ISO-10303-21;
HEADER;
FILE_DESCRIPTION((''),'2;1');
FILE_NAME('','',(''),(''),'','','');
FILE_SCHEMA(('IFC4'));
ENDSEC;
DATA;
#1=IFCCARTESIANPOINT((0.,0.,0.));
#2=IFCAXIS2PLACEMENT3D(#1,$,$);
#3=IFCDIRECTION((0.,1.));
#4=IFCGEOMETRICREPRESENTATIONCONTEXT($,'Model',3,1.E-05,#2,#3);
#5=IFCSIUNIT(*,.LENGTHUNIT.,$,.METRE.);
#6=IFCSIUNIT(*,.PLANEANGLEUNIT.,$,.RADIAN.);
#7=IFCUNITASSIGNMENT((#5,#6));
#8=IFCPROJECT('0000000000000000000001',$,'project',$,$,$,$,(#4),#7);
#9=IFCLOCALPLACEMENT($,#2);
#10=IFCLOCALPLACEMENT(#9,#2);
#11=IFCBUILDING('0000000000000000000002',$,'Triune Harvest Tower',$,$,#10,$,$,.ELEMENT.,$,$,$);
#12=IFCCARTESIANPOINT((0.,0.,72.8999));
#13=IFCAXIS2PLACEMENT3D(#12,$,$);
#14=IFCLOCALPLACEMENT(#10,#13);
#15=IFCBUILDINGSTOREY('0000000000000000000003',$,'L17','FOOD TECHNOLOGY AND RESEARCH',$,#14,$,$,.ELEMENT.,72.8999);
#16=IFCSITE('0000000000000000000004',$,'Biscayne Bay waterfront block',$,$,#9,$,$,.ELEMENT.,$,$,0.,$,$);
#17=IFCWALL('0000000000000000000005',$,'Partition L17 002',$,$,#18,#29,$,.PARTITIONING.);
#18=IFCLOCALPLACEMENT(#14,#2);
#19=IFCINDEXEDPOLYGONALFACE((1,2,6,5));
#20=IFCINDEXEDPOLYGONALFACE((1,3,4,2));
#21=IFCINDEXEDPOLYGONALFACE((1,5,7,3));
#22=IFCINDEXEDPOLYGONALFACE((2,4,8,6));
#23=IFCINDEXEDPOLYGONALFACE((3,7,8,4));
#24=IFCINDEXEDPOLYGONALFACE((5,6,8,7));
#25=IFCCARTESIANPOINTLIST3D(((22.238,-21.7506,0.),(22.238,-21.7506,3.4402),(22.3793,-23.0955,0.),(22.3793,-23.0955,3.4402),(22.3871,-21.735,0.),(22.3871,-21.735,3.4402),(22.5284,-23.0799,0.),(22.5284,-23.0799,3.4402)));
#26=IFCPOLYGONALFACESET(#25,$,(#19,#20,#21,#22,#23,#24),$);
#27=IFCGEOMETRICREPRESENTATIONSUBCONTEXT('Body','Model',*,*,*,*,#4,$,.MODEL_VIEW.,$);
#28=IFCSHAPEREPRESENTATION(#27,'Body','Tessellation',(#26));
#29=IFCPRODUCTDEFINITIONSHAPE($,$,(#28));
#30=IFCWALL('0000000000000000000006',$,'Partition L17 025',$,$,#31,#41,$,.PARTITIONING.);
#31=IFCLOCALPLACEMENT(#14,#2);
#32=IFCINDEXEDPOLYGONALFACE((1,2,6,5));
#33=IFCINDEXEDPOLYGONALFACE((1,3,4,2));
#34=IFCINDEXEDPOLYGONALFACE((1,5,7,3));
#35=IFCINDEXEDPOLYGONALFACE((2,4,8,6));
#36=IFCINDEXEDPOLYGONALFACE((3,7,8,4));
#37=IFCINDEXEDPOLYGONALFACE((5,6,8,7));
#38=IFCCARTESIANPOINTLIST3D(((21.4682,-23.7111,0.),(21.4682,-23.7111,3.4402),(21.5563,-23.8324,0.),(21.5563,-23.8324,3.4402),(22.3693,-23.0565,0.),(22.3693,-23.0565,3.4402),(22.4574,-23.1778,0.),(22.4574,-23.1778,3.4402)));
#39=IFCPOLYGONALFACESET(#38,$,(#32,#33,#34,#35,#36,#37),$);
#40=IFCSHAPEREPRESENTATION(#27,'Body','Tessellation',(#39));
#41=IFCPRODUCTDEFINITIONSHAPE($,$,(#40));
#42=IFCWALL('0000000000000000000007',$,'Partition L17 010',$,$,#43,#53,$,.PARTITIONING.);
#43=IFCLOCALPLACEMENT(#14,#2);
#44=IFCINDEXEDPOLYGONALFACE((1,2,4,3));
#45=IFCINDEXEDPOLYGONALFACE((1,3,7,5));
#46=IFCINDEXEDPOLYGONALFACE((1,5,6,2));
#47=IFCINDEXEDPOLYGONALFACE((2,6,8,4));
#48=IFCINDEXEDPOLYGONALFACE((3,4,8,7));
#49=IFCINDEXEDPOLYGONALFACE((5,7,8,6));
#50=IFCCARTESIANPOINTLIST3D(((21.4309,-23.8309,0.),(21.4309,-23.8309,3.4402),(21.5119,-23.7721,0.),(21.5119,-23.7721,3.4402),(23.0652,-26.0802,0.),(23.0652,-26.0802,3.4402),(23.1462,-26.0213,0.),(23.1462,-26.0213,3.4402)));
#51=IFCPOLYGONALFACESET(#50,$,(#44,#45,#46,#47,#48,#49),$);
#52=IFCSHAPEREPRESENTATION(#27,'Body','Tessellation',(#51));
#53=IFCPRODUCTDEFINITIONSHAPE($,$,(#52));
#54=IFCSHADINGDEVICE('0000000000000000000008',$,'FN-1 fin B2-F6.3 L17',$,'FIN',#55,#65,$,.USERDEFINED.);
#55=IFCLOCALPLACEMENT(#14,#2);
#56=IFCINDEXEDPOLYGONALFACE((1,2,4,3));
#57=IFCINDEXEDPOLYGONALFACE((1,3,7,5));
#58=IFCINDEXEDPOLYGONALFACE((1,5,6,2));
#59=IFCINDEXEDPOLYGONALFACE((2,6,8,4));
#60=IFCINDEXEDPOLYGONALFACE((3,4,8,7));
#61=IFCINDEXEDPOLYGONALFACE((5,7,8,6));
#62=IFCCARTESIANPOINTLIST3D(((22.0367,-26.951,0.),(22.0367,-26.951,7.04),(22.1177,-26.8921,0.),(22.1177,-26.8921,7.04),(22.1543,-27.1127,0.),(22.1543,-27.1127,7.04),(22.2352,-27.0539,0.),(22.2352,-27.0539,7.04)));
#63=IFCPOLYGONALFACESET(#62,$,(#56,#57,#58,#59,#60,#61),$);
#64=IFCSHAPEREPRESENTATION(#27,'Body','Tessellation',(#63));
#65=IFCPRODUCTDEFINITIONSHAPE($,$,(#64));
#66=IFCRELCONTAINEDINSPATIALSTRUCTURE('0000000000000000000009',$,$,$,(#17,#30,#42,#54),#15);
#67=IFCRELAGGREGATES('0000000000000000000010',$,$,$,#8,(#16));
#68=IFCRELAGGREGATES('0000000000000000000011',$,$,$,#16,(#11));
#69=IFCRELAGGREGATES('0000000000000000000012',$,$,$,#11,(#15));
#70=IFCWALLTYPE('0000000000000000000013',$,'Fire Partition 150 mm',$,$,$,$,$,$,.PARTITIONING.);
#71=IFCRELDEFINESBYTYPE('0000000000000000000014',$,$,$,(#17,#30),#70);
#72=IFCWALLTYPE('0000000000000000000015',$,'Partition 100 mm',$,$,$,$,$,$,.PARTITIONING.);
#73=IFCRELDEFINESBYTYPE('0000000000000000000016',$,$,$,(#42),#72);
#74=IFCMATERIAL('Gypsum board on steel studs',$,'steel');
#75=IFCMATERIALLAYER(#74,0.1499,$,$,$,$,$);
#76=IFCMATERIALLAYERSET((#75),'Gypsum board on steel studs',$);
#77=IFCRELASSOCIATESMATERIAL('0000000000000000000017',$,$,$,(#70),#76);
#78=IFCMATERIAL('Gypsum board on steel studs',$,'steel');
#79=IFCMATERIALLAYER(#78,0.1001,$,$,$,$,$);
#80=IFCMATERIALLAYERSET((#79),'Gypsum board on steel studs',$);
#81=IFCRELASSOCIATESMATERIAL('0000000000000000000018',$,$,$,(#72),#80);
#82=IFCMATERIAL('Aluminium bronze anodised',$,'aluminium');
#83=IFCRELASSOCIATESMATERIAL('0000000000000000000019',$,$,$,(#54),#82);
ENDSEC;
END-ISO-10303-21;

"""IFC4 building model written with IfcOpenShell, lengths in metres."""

from ifc_helpers import new_model, si_unit, direction, frame, frame_2d, origin, origin_2d, place, context, subcontext, project, spatial, rectangle, extrude, source, transform, mapped, material, layer, layer_set, type_object, element, save


model = new_model("IFC4")

# Units and contexts
model_context = context("Model", 3, precision=1e-05, world=origin(), true_north=direction((0.0, 1.0)))
body_context = subcontext(model_context, "Body", "Model", "MODEL_VIEW")
ifc_project = project(units=[si_unit("LENGTHUNIT", "METRE"), si_unit("PLANEANGLEUNIT", "RADIAN")], contexts=[model_context])

# Site, building, storey
site_placement = place(None, origin())
site = spatial("IfcSite", under=ifc_project, at=site_placement, Name="Biscayne Bay waterfront block", CompositionType="ELEMENT", RefElevation=0.0)
building_placement = place(site_placement, origin())
building = spatial("IfcBuilding", under=site, at=building_placement, Name="Triune Harvest Tower", CompositionType="ELEMENT")
storey_placement = place(building_placement, frame((0.0, 0.0, 72.8999)))
storey = spatial("IfcBuildingStorey", under=building, at=storey_placement, Name="L17", Description="FOOD TECHNOLOGY AND RESEARCH", CompositionType="ELEMENT", Elevation=72.8999)

# Walls
ifc_material_1 = material(Name="Gypsum board on steel studs", Category="steel")
ifc_layer_1 = layer(ifc_material_1, 0.1499)
ifc_layer_set_1 = layer_set([ifc_layer_1], Name="Gypsum board on steel studs")
wall_type_1 = type_object("IfcWallType", Name="Fire Partition 150 mm", PredefinedType="PARTITIONING", material=ifc_layer_set_1)
wall_1_placement = place(storey_placement, frame((22.3125, -21.7427, 0.0), z_axis=(0.0, 0.0, 1.0), x_axis=(0.104525, -0.994522, 0.0)))
element("IfcWall", 1, at=wall_1_placement, inside=storey, type_object=wall_type_1, Name="Partition L17 002", PredefinedType="PARTITIONING", context=body_context, shape_type="SweptSolid", body=[
    extrude(rectangle(XDim=1.3523, YDim=0.1499, at=frame_2d((0.6763, 0.0))), origin(), (0.0, 0.0, 1.0), 3.4402),
])
wall_2_placement = place(storey_placement, frame((21.5122, -23.7717, 0.0), z_axis=(0.0, 0.0, 1.0), x_axis=(0.809087, 0.587689, 0.0)))
element("IfcWall", 2, at=wall_2_placement, inside=storey, type_object=wall_type_1, Name="Partition L17 025", PredefinedType="PARTITIONING", context=body_context, shape_type="SweptSolid", body=[
    extrude(rectangle(XDim=1.1138, YDim=0.1499, at=frame_2d((0.5569, 0.0))), origin(), (0.0, 0.0, 1.0), 3.4402),
])
ifc_material_2 = material(Name="Gypsum board on steel studs", Category="steel")
ifc_layer_2 = layer(ifc_material_2, 0.1001)
ifc_layer_set_2 = layer_set([ifc_layer_2], Name="Gypsum board on steel studs")
wall_type_2 = type_object("IfcWallType", Name="Partition 100 mm", PredefinedType="PARTITIONING", material=ifc_layer_set_2)
shared_shape_1 = source(origin(), body_context, "Body", "SweptSolid", [
    extrude(rectangle(XDim=2.7803, YDim=0.1001, at=frame_2d((1.3901, 0.0))), origin(), (0.0, 0.0, 1.0), 3.4402),
])
wall_3_placement = place(storey_placement, frame((21.4714, -23.8015, 0.0), z_axis=(0.0, 0.0, 1.0), x_axis=(0.587806, -0.809002, 0.0)))
element("IfcWall", 3, at=wall_3_placement, inside=storey, type_object=wall_type_2, Name="Partition L17 010", PredefinedType="PARTITIONING", context=body_context, shape_type="MappedRepresentation", body=[
    mapped(shared_shape_1, transform((0.0, 0.0, 0.0), scale=1.0)),
])

# Shading device
ifc_material_3 = material(Name="Aluminium bronze anodised", Category="aluminium")
shared_shape_2 = source(origin(), body_context, "Body", "SweptSolid", [
    extrude(rectangle(XDim=0.1001, YDim=0.2, at=origin_2d()), origin(), (0.0, 0.0, 1.0), 7.04),
])
shading_device_placement = place(storey_placement, frame((22.136, -27.0024, 0.0), z_axis=(0.0, 0.0, 1.0), x_axis=(0.809013, 0.58779, 0.0)))
element("IfcShadingDevice", 4, at=shading_device_placement, inside=storey, material=ifc_material_3, Name="FN-1 fin B2-F6.3 L17", ObjectType="FIN", PredefinedType="USERDEFINED", context=body_context, shape_type="MappedRepresentation", body=[
    mapped(shared_shape_2, transform((0.0, 0.0, 0.0), scale=1.0)),
])

save(model, "model.ifc")
